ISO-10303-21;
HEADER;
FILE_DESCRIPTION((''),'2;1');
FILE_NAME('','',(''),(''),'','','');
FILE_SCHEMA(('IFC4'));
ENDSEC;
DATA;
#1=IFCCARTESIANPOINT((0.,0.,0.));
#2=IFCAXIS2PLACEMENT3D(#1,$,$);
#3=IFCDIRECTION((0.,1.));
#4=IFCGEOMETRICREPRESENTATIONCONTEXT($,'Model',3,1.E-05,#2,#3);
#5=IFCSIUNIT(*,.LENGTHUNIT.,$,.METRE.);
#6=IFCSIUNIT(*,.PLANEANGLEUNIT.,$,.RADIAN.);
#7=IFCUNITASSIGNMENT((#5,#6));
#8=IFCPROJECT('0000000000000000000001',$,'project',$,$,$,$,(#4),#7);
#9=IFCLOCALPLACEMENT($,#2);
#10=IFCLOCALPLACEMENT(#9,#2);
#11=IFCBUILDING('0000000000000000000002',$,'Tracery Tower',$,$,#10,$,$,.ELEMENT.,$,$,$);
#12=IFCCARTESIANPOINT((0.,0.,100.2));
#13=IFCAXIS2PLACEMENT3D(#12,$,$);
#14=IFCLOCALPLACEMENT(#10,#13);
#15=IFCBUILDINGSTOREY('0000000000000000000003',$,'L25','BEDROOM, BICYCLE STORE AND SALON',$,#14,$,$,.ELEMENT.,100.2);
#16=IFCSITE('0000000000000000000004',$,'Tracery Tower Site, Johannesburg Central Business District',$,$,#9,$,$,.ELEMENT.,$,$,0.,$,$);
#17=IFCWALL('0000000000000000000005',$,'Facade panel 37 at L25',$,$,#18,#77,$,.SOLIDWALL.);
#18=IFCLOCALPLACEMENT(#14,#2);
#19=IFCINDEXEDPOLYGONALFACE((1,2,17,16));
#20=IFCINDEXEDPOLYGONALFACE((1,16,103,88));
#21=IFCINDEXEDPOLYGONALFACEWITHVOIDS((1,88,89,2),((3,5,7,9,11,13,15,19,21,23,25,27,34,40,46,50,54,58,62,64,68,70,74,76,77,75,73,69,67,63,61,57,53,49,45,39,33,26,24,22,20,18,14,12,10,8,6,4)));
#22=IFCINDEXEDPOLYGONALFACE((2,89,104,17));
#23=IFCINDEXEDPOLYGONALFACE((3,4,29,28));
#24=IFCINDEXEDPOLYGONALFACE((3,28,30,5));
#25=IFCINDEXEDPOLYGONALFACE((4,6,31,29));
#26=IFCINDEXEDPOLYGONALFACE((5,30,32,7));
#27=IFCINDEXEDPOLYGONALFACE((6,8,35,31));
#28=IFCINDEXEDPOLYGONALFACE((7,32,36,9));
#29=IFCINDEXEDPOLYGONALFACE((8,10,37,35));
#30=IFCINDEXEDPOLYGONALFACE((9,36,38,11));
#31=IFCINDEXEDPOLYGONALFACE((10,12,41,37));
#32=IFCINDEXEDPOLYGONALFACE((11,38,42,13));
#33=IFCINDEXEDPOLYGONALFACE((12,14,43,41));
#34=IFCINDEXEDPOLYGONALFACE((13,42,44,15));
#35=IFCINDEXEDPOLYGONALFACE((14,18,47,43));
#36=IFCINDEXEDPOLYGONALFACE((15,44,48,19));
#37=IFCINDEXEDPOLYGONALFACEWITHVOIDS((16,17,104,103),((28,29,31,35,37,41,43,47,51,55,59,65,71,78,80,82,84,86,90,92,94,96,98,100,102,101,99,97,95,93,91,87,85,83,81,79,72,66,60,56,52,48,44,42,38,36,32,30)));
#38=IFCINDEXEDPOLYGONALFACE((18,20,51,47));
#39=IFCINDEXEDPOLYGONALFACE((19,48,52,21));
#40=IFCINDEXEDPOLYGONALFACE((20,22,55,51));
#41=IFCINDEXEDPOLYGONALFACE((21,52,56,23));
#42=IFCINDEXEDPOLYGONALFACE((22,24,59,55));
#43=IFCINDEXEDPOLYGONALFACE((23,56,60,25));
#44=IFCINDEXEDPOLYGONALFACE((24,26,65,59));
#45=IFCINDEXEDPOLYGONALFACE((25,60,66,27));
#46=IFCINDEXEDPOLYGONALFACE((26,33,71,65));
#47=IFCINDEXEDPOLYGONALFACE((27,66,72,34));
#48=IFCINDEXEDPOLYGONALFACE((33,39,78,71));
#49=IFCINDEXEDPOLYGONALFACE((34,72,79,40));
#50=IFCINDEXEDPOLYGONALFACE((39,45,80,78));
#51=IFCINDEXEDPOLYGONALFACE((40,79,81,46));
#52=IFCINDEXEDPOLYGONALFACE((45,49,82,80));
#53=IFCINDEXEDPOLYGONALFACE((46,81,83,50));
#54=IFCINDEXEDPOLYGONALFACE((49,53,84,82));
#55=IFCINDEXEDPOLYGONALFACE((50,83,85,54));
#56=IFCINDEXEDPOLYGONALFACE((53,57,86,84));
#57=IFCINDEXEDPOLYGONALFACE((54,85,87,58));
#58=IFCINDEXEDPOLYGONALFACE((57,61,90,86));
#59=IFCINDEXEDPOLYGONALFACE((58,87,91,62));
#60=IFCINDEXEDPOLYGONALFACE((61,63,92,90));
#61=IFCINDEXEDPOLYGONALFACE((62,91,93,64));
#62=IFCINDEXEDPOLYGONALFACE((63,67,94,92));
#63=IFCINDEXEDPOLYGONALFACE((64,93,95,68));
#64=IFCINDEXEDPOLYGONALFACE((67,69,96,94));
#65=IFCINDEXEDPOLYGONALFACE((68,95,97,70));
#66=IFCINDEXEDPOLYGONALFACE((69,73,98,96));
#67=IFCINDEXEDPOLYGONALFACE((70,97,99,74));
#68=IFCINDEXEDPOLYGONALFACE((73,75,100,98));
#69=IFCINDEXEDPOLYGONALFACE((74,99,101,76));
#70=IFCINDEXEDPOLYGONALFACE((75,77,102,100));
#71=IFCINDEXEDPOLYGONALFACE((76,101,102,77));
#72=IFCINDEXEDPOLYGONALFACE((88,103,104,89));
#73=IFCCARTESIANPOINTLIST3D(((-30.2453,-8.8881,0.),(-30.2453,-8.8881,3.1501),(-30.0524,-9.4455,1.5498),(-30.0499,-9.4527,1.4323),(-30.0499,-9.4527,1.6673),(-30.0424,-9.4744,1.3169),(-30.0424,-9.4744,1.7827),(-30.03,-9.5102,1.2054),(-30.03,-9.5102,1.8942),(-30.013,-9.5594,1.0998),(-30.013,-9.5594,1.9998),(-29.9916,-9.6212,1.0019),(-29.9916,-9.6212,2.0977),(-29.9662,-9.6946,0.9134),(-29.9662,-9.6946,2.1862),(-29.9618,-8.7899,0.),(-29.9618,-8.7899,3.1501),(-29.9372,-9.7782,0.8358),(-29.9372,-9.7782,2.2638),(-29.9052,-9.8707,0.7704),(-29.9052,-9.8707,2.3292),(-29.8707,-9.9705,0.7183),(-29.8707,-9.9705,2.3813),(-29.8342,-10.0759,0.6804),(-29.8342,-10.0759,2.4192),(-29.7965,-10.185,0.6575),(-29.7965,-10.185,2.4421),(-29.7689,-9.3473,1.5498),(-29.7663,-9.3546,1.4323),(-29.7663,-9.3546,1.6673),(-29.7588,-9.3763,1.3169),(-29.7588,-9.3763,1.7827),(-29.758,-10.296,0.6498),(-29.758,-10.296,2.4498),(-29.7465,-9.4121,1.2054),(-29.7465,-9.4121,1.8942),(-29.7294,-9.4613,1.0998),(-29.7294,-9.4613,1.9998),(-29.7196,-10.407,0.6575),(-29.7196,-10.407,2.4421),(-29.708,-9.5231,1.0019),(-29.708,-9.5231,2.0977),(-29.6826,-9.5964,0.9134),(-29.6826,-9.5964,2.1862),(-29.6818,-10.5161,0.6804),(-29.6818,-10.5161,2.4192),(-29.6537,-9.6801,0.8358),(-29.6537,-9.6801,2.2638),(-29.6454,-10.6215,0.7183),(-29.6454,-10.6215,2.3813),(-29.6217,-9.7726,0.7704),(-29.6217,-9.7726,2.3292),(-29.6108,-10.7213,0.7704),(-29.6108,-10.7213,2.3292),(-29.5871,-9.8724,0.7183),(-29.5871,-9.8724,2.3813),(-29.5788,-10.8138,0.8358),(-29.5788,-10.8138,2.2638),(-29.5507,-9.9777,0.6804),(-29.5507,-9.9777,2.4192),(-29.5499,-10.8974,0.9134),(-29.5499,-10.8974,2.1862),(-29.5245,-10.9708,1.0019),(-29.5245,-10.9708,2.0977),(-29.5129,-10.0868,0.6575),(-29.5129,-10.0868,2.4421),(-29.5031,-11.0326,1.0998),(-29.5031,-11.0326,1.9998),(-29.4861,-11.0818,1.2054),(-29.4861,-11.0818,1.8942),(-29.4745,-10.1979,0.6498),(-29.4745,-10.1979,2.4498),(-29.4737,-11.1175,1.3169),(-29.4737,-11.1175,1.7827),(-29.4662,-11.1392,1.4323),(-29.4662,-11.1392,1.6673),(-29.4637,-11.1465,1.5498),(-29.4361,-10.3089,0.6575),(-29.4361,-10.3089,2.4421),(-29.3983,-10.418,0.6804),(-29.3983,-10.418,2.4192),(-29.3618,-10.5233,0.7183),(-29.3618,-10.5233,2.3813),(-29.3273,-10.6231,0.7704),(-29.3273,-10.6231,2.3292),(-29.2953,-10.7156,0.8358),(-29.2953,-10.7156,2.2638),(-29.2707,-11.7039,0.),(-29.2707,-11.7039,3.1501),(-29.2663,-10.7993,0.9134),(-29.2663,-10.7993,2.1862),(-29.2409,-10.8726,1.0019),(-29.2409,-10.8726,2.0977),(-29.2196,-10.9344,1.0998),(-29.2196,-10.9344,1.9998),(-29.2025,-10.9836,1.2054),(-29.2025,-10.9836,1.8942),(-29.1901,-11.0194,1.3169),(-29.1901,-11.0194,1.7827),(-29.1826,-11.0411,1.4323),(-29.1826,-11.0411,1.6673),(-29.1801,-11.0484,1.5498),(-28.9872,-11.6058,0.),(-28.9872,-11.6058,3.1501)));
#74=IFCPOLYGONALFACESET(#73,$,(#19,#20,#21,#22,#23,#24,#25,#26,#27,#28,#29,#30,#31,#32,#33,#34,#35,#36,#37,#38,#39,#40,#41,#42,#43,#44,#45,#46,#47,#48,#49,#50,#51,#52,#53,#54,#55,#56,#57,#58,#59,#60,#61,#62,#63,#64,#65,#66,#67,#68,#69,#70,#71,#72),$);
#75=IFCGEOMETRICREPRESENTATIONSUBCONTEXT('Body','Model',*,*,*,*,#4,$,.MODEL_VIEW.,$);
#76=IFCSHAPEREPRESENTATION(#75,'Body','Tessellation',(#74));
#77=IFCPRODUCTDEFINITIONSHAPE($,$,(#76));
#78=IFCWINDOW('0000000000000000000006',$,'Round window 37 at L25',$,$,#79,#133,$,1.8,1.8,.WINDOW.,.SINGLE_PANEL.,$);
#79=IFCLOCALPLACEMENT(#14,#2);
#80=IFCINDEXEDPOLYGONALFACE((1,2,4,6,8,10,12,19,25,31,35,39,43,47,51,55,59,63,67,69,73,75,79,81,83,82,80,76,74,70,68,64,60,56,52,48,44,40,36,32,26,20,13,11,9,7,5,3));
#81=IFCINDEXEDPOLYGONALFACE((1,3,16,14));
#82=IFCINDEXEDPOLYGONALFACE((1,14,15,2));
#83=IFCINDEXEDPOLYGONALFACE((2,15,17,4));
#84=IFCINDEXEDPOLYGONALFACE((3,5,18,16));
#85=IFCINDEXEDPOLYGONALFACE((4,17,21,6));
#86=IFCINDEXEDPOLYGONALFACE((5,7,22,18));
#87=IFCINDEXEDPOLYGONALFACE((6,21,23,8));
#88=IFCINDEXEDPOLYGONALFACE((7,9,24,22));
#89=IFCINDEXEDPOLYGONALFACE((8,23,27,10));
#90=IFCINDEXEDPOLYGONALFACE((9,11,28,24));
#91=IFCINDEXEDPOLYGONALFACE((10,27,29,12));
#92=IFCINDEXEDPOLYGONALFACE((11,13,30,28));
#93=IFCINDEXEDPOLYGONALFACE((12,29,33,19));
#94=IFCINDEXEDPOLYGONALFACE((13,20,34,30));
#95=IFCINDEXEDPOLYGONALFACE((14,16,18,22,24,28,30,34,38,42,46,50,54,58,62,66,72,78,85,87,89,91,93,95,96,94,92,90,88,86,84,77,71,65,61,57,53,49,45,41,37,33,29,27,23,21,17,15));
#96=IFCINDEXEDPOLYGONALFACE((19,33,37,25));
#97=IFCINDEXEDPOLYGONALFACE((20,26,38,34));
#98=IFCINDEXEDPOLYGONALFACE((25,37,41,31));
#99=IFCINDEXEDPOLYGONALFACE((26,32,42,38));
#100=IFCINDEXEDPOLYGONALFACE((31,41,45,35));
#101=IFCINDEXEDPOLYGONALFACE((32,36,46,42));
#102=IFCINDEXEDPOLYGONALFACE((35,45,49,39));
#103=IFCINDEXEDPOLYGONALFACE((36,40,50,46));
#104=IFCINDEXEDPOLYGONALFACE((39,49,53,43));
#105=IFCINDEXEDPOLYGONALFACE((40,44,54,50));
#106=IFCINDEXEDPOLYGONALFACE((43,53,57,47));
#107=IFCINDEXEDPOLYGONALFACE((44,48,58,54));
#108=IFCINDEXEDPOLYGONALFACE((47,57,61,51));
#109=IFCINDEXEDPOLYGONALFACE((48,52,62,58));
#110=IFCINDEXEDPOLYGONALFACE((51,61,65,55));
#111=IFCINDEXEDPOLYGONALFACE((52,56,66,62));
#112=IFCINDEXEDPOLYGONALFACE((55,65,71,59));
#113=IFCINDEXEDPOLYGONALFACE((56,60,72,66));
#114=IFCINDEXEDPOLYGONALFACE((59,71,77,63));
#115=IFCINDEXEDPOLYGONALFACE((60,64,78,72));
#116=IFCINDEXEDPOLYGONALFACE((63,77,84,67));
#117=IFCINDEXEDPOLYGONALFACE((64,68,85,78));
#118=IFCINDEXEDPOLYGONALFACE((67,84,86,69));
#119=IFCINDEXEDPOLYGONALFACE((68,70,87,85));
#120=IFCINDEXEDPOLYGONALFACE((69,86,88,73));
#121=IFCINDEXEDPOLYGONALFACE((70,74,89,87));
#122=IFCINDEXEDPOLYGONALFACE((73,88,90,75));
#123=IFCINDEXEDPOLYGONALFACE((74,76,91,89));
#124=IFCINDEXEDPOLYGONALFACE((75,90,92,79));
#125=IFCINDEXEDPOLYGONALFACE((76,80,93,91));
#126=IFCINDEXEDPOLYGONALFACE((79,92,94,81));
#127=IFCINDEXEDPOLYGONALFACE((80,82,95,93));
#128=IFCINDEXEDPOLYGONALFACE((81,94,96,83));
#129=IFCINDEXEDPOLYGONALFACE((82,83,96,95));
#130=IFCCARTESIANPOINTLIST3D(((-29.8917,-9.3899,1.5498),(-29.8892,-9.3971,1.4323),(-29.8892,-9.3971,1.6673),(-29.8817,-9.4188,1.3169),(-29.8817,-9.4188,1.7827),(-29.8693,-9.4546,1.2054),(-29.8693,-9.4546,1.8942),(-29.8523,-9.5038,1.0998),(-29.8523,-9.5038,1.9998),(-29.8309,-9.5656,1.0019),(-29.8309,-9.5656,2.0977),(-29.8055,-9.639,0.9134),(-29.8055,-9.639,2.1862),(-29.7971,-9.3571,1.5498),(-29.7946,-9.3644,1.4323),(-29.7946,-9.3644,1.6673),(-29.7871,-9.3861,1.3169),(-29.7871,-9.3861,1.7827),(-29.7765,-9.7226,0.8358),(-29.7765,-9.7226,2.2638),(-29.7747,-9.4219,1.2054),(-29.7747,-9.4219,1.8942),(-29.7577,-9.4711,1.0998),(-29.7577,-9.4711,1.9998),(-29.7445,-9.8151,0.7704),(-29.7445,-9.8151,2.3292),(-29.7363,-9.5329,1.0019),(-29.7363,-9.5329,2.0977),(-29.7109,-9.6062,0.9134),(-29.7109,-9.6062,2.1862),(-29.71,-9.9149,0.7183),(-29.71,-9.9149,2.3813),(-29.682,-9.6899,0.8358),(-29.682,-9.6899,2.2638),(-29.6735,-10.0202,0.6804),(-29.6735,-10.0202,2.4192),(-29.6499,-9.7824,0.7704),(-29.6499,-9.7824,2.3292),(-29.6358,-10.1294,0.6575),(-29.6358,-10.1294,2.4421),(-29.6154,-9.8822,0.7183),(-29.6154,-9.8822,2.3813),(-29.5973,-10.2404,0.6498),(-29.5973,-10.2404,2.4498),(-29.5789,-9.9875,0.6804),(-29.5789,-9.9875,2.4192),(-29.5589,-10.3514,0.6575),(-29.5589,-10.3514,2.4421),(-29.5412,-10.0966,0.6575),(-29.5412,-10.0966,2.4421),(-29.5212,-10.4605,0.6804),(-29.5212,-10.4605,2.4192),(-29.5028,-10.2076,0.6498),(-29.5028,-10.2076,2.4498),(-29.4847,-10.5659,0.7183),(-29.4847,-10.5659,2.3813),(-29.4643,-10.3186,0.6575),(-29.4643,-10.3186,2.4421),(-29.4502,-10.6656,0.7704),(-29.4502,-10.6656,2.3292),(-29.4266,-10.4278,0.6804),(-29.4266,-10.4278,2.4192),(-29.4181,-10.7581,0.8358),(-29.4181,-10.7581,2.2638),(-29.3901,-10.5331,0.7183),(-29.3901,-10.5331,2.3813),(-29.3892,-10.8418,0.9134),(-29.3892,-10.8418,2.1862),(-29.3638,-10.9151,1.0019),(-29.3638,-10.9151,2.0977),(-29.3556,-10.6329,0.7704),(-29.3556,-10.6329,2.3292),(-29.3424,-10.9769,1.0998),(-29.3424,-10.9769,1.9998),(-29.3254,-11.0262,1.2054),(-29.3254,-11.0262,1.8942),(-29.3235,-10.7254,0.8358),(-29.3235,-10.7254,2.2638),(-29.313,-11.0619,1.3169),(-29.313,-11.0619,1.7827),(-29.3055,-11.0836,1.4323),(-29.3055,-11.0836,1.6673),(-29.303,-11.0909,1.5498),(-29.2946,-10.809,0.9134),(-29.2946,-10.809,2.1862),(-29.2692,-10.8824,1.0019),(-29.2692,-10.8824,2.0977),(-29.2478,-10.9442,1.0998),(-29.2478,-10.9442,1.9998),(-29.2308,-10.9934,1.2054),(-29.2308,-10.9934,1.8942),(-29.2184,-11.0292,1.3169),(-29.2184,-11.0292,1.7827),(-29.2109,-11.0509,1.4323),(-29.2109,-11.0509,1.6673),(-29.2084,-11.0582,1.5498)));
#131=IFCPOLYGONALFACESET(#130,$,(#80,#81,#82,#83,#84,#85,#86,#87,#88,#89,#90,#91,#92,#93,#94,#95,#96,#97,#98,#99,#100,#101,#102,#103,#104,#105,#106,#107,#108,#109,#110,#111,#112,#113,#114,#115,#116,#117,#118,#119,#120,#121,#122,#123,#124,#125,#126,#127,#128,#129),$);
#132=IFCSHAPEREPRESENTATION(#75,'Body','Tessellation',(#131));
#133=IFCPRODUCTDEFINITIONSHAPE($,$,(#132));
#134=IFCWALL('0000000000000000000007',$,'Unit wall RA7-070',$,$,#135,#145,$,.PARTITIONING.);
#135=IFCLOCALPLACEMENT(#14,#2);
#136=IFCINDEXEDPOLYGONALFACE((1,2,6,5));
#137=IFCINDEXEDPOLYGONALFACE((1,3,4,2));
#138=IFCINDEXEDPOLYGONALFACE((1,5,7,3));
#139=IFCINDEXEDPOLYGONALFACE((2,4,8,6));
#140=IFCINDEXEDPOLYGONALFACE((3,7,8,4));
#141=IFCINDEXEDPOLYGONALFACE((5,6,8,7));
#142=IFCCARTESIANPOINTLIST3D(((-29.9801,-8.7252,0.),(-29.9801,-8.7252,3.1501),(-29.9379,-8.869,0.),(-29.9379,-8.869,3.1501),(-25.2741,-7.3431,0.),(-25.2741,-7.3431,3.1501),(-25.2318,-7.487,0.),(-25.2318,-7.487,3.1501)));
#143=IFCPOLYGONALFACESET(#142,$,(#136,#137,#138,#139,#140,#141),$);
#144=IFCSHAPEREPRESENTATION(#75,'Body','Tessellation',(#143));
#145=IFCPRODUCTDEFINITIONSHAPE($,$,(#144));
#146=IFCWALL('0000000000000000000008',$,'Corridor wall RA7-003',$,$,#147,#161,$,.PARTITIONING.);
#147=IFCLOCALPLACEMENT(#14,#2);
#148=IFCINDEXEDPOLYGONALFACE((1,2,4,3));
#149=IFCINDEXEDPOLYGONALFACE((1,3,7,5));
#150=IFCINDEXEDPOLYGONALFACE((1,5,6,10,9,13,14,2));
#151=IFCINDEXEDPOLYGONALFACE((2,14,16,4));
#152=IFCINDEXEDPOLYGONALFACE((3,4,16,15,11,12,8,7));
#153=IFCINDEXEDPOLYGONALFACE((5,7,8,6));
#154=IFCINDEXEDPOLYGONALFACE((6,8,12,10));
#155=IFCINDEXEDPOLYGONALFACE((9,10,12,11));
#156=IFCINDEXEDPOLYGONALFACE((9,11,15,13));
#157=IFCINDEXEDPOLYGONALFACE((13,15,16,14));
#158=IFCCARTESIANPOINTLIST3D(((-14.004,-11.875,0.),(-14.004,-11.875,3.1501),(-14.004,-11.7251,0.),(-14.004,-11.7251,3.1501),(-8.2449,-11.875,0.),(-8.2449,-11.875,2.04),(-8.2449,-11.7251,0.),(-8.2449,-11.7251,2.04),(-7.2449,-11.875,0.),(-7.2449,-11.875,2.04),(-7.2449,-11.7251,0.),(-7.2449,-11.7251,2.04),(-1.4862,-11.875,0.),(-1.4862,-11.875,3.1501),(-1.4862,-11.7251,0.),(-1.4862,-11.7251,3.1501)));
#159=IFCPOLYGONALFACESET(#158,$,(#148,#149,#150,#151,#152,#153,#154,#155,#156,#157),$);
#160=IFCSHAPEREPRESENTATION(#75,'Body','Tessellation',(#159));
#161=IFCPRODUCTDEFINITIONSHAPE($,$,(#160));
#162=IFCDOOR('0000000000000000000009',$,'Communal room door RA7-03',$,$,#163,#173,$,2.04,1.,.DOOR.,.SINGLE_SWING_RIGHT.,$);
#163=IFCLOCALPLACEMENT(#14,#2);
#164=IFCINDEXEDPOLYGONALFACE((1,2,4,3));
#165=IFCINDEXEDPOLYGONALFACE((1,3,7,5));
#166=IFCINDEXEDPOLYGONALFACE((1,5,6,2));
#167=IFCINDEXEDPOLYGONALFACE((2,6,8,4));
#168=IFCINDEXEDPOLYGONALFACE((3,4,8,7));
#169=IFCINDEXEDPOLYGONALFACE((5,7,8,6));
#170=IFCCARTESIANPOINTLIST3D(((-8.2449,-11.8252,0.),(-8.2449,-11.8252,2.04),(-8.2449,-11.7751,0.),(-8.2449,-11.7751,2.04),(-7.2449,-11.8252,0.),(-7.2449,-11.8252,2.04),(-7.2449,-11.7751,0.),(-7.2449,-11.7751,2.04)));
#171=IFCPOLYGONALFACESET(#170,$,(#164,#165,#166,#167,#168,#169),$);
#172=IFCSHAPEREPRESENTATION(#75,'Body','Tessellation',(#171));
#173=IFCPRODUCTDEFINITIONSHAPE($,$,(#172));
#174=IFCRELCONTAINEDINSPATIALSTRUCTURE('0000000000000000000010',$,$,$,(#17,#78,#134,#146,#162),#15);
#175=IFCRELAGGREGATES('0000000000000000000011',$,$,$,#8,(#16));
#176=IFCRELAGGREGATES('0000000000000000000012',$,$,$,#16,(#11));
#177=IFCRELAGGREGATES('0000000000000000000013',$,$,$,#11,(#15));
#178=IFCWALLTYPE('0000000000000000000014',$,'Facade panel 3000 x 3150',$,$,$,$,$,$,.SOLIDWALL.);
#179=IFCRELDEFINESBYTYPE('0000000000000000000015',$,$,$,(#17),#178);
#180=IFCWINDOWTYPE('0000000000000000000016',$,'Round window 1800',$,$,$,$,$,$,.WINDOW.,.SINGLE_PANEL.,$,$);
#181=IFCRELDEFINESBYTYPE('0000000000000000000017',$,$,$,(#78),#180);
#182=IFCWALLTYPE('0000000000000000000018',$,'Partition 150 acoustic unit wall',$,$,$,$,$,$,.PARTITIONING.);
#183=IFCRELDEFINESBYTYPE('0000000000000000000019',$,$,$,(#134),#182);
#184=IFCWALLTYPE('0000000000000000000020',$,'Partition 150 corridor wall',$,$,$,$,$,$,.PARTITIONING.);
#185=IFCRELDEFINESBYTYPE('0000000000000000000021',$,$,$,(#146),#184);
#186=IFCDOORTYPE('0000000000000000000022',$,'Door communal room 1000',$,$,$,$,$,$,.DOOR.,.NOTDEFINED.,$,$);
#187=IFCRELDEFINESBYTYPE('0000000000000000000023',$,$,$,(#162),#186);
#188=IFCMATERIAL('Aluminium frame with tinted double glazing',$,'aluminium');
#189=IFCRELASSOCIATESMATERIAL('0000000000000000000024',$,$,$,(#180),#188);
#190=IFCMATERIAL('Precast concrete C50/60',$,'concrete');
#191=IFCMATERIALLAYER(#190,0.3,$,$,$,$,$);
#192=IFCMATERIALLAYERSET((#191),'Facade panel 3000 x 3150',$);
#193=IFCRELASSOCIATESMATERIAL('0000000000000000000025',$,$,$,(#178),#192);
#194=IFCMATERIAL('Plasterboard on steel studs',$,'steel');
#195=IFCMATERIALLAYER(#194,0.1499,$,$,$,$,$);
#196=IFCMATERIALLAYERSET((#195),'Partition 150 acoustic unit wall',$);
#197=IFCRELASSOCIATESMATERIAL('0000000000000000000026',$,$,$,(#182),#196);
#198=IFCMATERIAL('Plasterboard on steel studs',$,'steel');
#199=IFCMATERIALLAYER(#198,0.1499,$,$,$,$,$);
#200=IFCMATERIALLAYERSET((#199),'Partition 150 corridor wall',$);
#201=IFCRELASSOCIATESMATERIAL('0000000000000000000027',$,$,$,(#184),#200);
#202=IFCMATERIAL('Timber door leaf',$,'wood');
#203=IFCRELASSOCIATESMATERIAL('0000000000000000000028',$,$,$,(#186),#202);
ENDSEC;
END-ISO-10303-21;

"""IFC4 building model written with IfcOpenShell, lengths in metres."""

from ifc_helpers import new_model, si_unit, direction, frame, frame_2d, origin, origin_2d, place, context, subcontext, project, spatial, rectangle, circle, extrude, material, layer, layer_set, type_object, element, fill, save


model = new_model("IFC4")

# Units and contexts
model_context = context("Model", 3, precision=1e-05, world=origin(), true_north=direction((0.0, 1.0)))
body_context = subcontext(model_context, "Body", "Model", "MODEL_VIEW")
ifc_project = project(units=[si_unit("LENGTHUNIT", "METRE"), si_unit("PLANEANGLEUNIT", "RADIAN")], contexts=[model_context])

# Site, building, storey
site_placement = place(None, origin())
site = spatial("IfcSite", under=ifc_project, at=site_placement, Name="Tracery Tower Site, Johannesburg Central Business District", CompositionType="ELEMENT", RefElevation=0.0)
building_placement = place(site_placement, origin())
building = spatial("IfcBuilding", under=site, at=building_placement, Name="Tracery Tower", CompositionType="ELEMENT")
storey_placement = place(building_placement, frame((0.0, 0.0, 100.2)))
storey = spatial("IfcBuildingStorey", under=building, at=storey_placement, Name="L25", Description="BEDROOM, BICYCLE STORE AND SALON", CompositionType="ELEMENT", Elevation=100.2)

# Wall, opening, window
ifc_material_1 = material(Name="Aluminium frame with tinted double glazing", Category="aluminium")
window_type = type_object("IfcWindowType", Name="Round window 1800", PartitioningType="SINGLE_PANEL", PredefinedType="WINDOW", material=ifc_material_1)
ifc_material_2 = material(Name="Precast concrete C50/60", Category="concrete")
ifc_layer_1 = layer(ifc_material_2, 0.3)
ifc_layer_set_1 = layer_set([ifc_layer_1], Name="Facade panel 3000 x 3150")
wall_type_1 = type_object("IfcWallType", Name="Facade panel 3000 x 3150", PredefinedType="SOLIDWALL", material=ifc_layer_set_1)
wall_1_placement = place(storey_placement, frame((-30.1035, -8.8391, 0.0), z_axis=(0.0, 0.0, 1.0), x_axis=(0.327071, -0.945, 0.0)))
wall_1 = element("IfcWall", 1, at=wall_1_placement, inside=storey, type_object=wall_type_1, Name="Facade panel 37 at L25", PredefinedType="SOLIDWALL", context=body_context, shape_type="SweptSolid", body=[
    extrude(rectangle(XDim=2.9797, YDim=0.3, at=frame_2d((1.4897, 0.0))), origin(), (0.0, 0.0, 1.0), 3.1501),
])
opening_1_placement = place(wall_1_placement, frame((1.4897, 0.0, 1.5498)))
opening_1 = element("IfcOpeningElement", 2, at=opening_1_placement, cuts=wall_1, PredefinedType="OPENING", context=body_context, shape_type="SweptSolid", body=[
    extrude(circle(Radius=0.9, at=origin_2d()), frame((0.0, 0.1599, 0.0), z_axis=(0.0, -1.0, 0.0), x_axis=(1.0, 0.0, 0.0)), (0.0, 0.0, 1.0), 0.3201),
])
window_1_placement = place(opening_1_placement, origin())
window_1 = element("IfcWindow", 3, at=window_1_placement, inside=storey, type_object=window_type, Name="Round window 37 at L25", OverallHeight=1.8, OverallWidth=1.8, PartitioningType="SINGLE_PANEL", PredefinedType="WINDOW", context=body_context, shape_type="SweptSolid", body=[
    extrude(circle(Radius=0.9, at=origin_2d()), frame((0.0, 0.1201, 0.0), z_axis=(0.0, -1.0, 0.0), x_axis=(1.0, 0.0, 0.0)), (0.0, 0.0, 1.0), 0.1001),
])
fill(opening_1, window_1)

# Wall
ifc_material_3 = material(Name="Plasterboard on steel studs", Category="steel")
ifc_layer_2 = layer(ifc_material_3, 0.1499)
ifc_layer_set_2 = layer_set([ifc_layer_2], Name="Partition 150 acoustic unit wall")
wall_type_2 = type_object("IfcWallType", Name="Partition 150 acoustic unit wall", PredefinedType="PARTITIONING", material=ifc_layer_set_2)
wall_2_placement = place(storey_placement, frame((-29.959, -8.7971, 0.0), z_axis=(0.0, 0.0, 1.0), x_axis=(0.959479, 0.281781, 0.0)))
element("IfcWall", 4, at=wall_2_placement, inside=storey, type_object=wall_type_2, Name="Unit wall RA7-070", PredefinedType="PARTITIONING", context=body_context, shape_type="SweptSolid", body=[
    extrude(rectangle(XDim=4.9048, YDim=0.1499, at=frame_2d((2.4524, 0.0))), origin(), (0.0, 0.0, 1.0), 3.1501),
])

# Wall, opening, door
ifc_material_4 = material(Name="Plasterboard on steel studs", Category="steel")
ifc_layer_3 = layer(ifc_material_4, 0.1499)
ifc_layer_set_3 = layer_set([ifc_layer_3], Name="Partition 150 corridor wall")
wall_type_3 = type_object("IfcWallType", Name="Partition 150 corridor wall", PredefinedType="PARTITIONING", material=ifc_layer_set_3)
wall_3_placement = place(storey_placement, frame((-14.0039, -11.8, 0.0), z_axis=(0.0, 0.0, 1.0), x_axis=(1.0, 0.0, 0.0)))
wall_3 = element("IfcWall", 5, at=wall_3_placement, inside=storey, type_object=wall_type_3, Name="Corridor wall RA7-003", PredefinedType="PARTITIONING", context=body_context, shape_type="SweptSolid", body=[
    extrude(rectangle(XDim=12.5178, YDim=0.1499, at=frame_2d((6.2588, 0.0))), origin(), (0.0, 0.0, 1.0), 3.1501),
])
opening_2_placement = place(wall_3_placement, frame((5.759, 0.0, 0.0)))
opening_2 = element("IfcOpeningElement", 6, at=opening_2_placement, cuts=wall_3, PredefinedType="OPENING", context=body_context, shape_type="SweptSolid", body=[
    extrude(rectangle(XDim=1.0, YDim=2.04, at=frame_2d((0.5, 1.02))), frame((0.0, 0.075, 0.0), z_axis=(0.0, -1.0, 0.0), x_axis=(1.0, 0.0, 0.0)), (0.0, 0.0, 1.0), 0.1499),
])
ifc_material_5 = material(Name="Timber door leaf", Category="wood")
door_type_1 = type_object("IfcDoorType", Name="Door communal room 1000", OperationType="NOTDEFINED", PredefinedType="DOOR", material=ifc_material_5)
door_1_placement = place(opening_2_placement, origin())
door_1 = element("IfcDoor", 7, at=door_1_placement, inside=storey, type_object=door_type_1, Name="Communal room door RA7-03", OperationType="SINGLE_SWING_RIGHT", OverallHeight=2.04, OverallWidth=1.0, PredefinedType="DOOR", context=body_context, shape_type="SweptSolid", body=[
    extrude(rectangle(XDim=1.0, YDim=2.04, at=frame_2d((0.5, 1.02))), frame((0.0, 0.0249, 0.0), z_axis=(0.0, -1.0, 0.0), x_axis=(1.0, 0.0, 0.0)), (0.0, 0.0, 1.0), 0.05),
])
fill(opening_2, door_1)

save(model, "model.ifc")
